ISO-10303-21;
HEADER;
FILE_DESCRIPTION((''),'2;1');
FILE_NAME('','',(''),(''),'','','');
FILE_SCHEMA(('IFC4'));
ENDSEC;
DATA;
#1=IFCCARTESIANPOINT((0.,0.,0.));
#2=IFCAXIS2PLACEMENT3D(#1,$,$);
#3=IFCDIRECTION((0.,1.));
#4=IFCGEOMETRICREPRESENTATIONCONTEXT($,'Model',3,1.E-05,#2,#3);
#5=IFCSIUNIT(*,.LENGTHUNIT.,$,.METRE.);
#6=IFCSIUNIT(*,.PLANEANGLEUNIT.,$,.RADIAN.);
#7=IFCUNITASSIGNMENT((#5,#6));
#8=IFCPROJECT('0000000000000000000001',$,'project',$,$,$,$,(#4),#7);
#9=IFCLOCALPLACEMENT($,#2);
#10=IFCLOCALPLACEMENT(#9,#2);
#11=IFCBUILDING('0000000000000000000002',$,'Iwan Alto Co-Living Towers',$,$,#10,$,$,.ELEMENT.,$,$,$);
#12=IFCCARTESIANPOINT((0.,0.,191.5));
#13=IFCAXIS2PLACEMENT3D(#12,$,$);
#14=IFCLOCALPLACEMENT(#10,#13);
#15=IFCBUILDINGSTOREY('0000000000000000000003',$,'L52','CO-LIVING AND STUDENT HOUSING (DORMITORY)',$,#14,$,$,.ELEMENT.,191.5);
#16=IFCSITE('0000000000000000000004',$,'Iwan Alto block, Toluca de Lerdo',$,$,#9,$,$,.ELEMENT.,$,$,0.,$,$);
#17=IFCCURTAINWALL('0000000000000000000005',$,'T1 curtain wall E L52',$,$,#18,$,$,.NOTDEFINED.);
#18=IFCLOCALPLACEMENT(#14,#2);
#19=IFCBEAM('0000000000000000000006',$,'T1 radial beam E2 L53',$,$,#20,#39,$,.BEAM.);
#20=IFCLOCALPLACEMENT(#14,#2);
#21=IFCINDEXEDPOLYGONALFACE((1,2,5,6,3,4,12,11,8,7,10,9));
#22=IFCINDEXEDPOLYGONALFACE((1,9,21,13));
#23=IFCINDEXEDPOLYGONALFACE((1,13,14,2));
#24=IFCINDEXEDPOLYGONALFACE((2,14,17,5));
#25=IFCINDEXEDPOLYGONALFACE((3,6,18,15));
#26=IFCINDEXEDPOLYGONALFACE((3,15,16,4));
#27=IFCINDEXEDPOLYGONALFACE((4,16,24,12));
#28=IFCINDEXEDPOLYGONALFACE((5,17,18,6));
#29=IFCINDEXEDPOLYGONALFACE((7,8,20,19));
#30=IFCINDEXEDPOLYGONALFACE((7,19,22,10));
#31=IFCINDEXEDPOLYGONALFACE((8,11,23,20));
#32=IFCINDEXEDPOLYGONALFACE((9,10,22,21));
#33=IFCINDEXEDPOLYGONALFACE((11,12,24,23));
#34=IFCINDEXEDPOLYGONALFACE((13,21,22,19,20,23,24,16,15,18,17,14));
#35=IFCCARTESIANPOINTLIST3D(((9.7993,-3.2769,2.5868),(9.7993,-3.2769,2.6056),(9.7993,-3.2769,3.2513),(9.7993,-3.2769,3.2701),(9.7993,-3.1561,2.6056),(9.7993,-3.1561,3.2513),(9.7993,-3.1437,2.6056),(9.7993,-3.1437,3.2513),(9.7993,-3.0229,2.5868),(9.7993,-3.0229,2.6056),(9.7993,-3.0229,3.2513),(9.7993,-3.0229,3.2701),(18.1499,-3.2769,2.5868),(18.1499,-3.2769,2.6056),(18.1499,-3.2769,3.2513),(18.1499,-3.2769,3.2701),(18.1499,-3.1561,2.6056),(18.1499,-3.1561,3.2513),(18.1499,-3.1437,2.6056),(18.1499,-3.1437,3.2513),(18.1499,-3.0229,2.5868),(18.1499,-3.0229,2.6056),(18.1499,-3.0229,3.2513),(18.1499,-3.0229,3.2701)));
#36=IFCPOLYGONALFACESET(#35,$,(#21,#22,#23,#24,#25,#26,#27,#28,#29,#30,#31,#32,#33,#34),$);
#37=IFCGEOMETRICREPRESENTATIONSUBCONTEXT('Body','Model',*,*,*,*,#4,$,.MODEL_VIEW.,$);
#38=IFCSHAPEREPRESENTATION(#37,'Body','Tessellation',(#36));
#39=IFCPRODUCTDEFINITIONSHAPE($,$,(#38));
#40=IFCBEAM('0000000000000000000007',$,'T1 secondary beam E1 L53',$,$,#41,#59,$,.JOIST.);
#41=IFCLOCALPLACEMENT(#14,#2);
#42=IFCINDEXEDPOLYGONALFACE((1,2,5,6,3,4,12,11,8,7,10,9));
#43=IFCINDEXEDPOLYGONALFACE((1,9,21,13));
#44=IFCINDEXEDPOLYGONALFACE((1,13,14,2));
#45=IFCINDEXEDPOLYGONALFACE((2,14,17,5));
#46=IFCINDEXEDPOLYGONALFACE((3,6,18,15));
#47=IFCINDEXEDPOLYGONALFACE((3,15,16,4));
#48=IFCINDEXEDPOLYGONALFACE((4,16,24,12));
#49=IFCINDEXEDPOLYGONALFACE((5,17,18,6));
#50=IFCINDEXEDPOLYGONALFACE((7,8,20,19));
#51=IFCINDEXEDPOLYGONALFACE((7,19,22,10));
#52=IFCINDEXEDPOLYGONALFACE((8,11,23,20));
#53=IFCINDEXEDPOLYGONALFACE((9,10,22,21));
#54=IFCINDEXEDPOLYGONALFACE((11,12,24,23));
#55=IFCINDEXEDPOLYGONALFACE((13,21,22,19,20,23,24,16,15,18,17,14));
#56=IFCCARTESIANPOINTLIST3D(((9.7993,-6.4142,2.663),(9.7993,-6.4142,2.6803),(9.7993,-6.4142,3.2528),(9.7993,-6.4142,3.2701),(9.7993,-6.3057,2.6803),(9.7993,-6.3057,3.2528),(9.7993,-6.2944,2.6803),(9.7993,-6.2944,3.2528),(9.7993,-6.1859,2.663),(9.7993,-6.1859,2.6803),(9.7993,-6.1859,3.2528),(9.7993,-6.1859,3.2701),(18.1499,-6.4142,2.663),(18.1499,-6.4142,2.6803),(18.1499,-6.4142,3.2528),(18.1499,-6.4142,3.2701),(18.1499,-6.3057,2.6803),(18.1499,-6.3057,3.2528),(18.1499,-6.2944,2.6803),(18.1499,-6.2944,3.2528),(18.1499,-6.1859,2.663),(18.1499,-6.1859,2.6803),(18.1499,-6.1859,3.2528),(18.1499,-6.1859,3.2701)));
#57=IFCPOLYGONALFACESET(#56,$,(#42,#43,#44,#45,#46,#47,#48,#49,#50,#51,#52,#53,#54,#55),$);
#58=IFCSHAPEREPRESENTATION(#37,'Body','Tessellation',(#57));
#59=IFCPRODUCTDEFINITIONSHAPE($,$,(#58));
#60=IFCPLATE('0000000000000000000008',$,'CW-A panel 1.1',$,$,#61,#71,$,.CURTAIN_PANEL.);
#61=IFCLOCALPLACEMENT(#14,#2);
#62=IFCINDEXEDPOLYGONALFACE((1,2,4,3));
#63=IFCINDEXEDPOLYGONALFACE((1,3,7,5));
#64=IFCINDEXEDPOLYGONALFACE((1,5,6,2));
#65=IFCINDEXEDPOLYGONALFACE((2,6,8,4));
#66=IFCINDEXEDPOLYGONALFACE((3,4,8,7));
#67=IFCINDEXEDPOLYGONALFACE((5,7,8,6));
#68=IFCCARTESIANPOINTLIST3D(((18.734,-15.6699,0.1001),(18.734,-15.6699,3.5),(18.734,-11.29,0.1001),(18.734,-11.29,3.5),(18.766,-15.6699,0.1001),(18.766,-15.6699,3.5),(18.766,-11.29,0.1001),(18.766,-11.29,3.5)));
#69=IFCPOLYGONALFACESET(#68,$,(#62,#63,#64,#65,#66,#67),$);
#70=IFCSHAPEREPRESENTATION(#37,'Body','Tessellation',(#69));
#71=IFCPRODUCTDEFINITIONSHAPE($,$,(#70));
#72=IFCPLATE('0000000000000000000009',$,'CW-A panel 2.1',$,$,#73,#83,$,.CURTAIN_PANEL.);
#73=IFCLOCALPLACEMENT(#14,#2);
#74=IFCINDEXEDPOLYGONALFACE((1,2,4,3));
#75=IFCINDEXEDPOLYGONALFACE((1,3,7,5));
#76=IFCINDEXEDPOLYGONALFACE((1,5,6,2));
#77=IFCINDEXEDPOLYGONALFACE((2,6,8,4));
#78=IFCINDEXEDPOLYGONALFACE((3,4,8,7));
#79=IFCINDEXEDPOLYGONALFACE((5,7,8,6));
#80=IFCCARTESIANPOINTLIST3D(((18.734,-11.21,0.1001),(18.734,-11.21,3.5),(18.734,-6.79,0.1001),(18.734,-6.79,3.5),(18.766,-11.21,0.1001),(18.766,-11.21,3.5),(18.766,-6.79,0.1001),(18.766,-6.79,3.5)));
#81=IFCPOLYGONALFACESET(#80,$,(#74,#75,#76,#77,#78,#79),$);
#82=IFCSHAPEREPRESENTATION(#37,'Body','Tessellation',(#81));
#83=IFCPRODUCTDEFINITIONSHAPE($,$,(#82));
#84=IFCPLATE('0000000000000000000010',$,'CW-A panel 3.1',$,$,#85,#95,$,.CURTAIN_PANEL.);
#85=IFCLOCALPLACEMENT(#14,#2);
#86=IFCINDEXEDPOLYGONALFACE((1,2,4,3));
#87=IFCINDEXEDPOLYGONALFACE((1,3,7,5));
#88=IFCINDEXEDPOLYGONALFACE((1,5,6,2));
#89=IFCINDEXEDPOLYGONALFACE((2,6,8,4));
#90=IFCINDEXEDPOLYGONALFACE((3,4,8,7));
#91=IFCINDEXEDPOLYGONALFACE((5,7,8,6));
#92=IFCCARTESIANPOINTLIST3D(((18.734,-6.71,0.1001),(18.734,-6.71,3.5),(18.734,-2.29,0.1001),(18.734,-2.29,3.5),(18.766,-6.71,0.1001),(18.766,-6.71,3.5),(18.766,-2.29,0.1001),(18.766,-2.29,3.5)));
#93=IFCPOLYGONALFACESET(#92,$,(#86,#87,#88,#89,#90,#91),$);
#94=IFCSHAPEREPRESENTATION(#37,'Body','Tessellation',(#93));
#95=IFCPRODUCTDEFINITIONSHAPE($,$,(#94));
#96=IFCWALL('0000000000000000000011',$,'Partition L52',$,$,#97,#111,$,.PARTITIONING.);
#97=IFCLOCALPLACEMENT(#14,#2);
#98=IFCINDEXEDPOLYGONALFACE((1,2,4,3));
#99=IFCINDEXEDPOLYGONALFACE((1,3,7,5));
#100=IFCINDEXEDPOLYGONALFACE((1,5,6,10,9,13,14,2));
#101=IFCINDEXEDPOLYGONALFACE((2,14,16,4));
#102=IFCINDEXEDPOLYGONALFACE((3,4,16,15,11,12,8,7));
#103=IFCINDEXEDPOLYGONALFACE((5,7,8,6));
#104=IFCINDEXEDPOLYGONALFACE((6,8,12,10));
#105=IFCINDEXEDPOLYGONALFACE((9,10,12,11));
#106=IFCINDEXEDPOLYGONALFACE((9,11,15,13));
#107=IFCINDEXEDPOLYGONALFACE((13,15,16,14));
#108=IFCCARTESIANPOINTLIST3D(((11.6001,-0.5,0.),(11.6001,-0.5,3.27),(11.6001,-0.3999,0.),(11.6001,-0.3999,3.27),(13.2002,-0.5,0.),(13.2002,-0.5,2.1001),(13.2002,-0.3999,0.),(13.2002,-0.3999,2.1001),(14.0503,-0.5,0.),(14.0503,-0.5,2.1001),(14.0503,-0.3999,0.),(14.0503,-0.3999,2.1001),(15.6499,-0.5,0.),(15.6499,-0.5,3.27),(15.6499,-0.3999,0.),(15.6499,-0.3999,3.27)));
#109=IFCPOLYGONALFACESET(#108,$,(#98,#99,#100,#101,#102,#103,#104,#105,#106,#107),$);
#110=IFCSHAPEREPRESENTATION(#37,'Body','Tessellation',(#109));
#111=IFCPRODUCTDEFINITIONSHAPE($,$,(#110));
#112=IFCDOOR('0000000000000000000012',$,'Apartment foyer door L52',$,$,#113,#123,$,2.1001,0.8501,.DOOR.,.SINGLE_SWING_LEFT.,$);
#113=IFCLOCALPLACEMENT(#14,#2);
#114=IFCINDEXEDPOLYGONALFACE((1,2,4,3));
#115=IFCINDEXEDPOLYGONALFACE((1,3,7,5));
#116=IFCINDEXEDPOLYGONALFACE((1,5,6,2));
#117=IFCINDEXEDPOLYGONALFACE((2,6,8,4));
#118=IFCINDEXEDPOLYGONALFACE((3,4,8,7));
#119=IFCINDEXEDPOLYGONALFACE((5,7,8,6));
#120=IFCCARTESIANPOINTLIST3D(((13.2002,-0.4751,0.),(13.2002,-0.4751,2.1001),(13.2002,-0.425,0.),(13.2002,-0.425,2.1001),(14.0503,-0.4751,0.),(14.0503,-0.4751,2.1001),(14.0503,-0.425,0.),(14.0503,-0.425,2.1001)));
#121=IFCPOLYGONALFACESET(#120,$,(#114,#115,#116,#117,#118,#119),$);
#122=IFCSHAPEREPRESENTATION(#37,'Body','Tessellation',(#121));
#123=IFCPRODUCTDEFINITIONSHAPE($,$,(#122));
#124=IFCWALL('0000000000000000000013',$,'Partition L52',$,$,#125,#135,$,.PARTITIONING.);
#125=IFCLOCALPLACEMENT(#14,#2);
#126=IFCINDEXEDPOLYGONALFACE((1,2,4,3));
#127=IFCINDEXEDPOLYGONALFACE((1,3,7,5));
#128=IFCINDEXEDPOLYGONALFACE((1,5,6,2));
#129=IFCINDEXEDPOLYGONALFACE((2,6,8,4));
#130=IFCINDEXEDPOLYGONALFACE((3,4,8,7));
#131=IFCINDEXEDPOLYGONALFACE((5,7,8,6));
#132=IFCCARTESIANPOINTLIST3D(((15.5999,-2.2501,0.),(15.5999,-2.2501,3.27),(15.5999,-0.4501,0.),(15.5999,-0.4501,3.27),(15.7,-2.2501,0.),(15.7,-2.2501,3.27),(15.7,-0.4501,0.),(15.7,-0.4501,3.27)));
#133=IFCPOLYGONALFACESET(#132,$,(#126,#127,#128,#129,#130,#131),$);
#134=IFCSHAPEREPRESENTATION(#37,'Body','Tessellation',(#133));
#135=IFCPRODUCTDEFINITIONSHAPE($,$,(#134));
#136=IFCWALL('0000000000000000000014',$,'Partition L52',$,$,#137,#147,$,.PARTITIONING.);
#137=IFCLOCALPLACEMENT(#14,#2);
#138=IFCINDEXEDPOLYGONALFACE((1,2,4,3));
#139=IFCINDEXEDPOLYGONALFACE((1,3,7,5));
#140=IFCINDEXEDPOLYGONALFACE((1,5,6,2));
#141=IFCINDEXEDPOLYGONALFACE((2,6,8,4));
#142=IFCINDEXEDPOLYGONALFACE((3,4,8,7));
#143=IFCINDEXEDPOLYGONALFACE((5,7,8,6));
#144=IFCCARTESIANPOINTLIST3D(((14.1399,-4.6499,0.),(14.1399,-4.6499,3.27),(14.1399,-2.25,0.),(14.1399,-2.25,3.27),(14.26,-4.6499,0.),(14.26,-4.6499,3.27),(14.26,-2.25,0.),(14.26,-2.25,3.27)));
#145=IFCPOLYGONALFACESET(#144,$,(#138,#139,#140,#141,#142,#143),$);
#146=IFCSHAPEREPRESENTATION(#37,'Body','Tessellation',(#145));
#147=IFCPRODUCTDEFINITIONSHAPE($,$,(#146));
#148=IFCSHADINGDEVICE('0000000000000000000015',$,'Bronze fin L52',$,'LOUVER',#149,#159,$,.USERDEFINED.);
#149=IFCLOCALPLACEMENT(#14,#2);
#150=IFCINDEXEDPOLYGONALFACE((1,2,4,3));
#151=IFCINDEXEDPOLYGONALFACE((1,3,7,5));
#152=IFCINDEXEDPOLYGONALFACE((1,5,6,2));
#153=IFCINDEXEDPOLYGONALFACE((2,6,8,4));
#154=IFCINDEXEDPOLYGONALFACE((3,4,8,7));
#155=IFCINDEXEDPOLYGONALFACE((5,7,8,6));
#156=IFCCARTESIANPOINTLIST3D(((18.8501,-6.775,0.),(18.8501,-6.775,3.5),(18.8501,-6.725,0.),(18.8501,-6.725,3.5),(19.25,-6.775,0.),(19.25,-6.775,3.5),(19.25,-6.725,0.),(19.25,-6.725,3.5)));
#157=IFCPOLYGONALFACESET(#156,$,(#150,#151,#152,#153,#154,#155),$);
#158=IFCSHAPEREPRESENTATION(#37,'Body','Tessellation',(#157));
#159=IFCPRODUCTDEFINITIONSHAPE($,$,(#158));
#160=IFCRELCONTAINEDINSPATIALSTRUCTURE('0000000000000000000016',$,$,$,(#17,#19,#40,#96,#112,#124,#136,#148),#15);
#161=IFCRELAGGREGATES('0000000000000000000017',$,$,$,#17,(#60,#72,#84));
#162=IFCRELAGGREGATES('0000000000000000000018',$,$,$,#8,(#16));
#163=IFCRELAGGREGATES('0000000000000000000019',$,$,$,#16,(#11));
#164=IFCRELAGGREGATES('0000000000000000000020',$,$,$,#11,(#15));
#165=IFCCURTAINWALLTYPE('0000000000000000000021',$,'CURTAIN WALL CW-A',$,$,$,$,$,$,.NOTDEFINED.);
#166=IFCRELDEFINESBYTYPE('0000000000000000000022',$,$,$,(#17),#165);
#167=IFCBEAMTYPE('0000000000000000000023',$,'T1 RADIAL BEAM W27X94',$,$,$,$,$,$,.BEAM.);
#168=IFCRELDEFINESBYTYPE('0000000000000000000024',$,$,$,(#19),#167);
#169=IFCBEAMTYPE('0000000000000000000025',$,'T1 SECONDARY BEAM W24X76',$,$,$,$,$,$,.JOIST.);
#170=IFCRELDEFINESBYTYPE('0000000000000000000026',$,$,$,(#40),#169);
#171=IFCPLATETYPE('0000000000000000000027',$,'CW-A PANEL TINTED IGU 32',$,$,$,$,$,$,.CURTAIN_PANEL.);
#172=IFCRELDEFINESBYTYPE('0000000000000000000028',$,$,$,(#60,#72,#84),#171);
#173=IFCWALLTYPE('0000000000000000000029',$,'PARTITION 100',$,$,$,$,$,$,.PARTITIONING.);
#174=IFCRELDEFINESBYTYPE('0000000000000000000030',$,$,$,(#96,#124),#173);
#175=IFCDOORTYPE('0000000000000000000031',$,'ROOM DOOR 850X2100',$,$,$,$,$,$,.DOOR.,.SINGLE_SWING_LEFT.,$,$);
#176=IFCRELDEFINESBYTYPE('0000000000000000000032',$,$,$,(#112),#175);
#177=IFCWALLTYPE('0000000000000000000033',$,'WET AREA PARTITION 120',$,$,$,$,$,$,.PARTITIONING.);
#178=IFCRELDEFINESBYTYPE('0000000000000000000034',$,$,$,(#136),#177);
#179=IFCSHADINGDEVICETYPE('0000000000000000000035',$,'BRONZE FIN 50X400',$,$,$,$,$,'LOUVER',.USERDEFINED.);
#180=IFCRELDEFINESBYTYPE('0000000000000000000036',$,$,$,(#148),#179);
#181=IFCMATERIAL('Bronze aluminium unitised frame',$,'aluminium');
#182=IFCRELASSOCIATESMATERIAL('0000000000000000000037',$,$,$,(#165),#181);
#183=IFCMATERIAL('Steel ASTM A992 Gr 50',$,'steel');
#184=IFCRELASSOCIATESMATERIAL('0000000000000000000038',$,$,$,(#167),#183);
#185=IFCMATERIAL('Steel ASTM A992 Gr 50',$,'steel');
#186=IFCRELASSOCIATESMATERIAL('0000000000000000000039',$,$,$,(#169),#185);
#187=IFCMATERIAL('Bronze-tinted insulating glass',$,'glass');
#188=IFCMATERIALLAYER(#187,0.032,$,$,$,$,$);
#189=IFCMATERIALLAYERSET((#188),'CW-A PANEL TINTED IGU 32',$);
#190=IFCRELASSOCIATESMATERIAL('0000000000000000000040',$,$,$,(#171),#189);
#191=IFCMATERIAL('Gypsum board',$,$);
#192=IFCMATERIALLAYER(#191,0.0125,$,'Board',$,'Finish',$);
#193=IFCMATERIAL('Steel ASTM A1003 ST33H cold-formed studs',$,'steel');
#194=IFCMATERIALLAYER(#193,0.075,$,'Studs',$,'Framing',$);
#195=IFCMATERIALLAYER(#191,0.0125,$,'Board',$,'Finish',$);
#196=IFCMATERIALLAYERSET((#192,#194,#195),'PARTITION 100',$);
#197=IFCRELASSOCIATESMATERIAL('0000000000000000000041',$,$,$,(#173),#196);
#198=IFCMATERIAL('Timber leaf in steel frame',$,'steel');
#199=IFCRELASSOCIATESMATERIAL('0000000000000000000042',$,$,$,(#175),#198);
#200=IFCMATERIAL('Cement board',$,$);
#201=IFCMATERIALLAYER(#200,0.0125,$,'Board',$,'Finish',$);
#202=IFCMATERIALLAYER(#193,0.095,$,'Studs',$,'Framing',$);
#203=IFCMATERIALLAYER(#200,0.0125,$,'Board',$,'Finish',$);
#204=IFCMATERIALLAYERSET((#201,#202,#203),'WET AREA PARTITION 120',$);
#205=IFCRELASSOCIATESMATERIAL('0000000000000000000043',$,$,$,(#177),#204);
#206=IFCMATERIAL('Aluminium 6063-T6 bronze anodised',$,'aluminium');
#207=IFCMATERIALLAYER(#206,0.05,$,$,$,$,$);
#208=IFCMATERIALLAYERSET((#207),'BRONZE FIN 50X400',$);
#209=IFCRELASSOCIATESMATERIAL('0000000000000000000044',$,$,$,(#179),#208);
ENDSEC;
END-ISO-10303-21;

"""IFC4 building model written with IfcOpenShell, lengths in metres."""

from ifc_helpers import new_model, si_unit, direction, frame, frame_2d, origin, origin_2d, place, context, subcontext, project, spatial, rectangle, i_section, extrude, material, layer, layer_set, material_profile, profile_set, type_object, element, fill, aggregate, save


model = new_model("IFC4")

# Units and contexts
model_context = context("Model", 3, precision=1e-05, world=origin(), true_north=direction((0.0, 1.0)))
body_context = subcontext(model_context, "Body", "Model", "MODEL_VIEW")
ifc_project = project(units=[si_unit("LENGTHUNIT", "METRE"), si_unit("PLANEANGLEUNIT", "RADIAN")], contexts=[model_context])

# Site, building, storey
site_placement = place(None, origin())
site = spatial("IfcSite", under=ifc_project, at=site_placement, Name="Iwan Alto block, Toluca de Lerdo", CompositionType="ELEMENT", RefElevation=0.0)
building_placement = place(site_placement, origin())
building = spatial("IfcBuilding", under=site, at=building_placement, Name="Iwan Alto Co-Living Towers", CompositionType="ELEMENT")
storey_placement = place(building_placement, frame((0.0, 0.0, 191.5)))
storey = spatial("IfcBuildingStorey", under=building, at=storey_placement, Name="L52", Description="CO-LIVING AND STUDENT HOUSING (DORMITORY)", CompositionType="ELEMENT", Elevation=191.5)

# Curtain wall
ifc_material_1 = material(Name="Bronze aluminium unitised frame", Category="aluminium")
curtain_wall_type = type_object("IfcCurtainWallType", Name="CURTAIN WALL CW-A", PredefinedType="NOTDEFINED", material=ifc_material_1)
curtain_wall_placement = place(storey_placement, origin())
curtain_wall = element("IfcCurtainWall", 1, at=curtain_wall_placement, inside=storey, type_object=curtain_wall_type, Name="T1 curtain wall E L52", PredefinedType="NOTDEFINED")

# Beams
ifc_material_2 = material(Name="Steel ASTM A992 Gr 50", Category="steel")
ifc_material_profile_1 = material_profile(ifc_material_2, i_section(OverallWidth=0.2539, OverallDepth=0.6833, WebThickness=0.0125, FlangeThickness=0.0188, at=origin_2d()), Name="W27X94")
ifc_profile_set_1 = profile_set([ifc_material_profile_1], Name="Steel ASTM A992 Gr 50")
beam_type_1 = type_object("IfcBeamType", Name="T1 RADIAL BEAM W27X94", PredefinedType="BEAM", material=ifc_profile_set_1)
for number, where, z_axis, x_axis, name in (
    (2, (18.1499, -3.1499, 2.9285), (-1.0, 0.0, 0.0), (0.0, -1.0, 0.0), "T1 radial beam E2 L53"),
):
    element("IfcBeam", number, at=place(storey_placement, frame(where, z_axis=z_axis, x_axis=x_axis)), inside=storey, type_object=beam_type_1, Name=name, PredefinedType="BEAM", context=body_context, shape_type="SweptSolid", body=[
        extrude(i_section(OverallWidth=0.2539, OverallDepth=0.6833, WebThickness=0.0125, FlangeThickness=0.0188, at=origin_2d()), origin(), (0.0, 0.0, 1.0), 8.3506),
    ])
ifc_material_3 = material(Name="Steel ASTM A992 Gr 50", Category="steel")
ifc_material_profile_2 = material_profile(ifc_material_3, i_section(OverallWidth=0.2283, OverallDepth=0.6072, WebThickness=0.0112, FlangeThickness=0.0173, at=origin_2d()), Name="W24X76")
ifc_profile_set_2 = profile_set([ifc_material_profile_2], Name="Steel ASTM A992 Gr 50")
beam_type_2 = type_object("IfcBeamType", Name="T1 SECONDARY BEAM W24X76", PredefinedType="JOIST", material=ifc_profile_set_2)
beam_1_placement = place(storey_placement, frame((18.1499, -6.3, 2.9666), z_axis=(-1.0, 0.0, 0.0), x_axis=(0.0, -1.0, 0.0)))
element("IfcBeam", 3, at=beam_1_placement, inside=storey, type_object=beam_type_2, Name="T1 secondary beam E1 L53", PredefinedType="JOIST", context=body_context, shape_type="SweptSolid", body=[
    extrude(i_section(OverallWidth=0.2283, OverallDepth=0.6072, WebThickness=0.0112, FlangeThickness=0.0173, at=origin_2d()), origin(), (0.0, 0.0, 1.0), 8.3506),
])

# Plates
ifc_material_4 = material(Name="Bronze-tinted insulating glass", Category="glass")
ifc_layer_1 = layer(ifc_material_4, 0.032)
ifc_layer_set_1 = layer_set([ifc_layer_1], Name="CW-A PANEL TINTED IGU 32")
plate_type = type_object("IfcPlateType", Name="CW-A PANEL TINTED IGU 32", PredefinedType="CURTAIN_PANEL", material=ifc_layer_set_1)
plate_1_placement = place(storey_placement, frame((18.75, -13.48, 0.1001), z_axis=(0.0, 0.0, 1.0), x_axis=(0.0, 1.0, 0.0)))
plate_1 = element("IfcPlate", 4, at=plate_1_placement, type_object=plate_type, Name="CW-A panel 1.1", PredefinedType="CURTAIN_PANEL", context=body_context, shape_type="SweptSolid", body=[
    extrude(rectangle(XDim=4.3799, YDim=0.032, at=origin_2d()), origin(), (0.0, 0.0, 1.0), 3.3999),
])
plate_2_placement = place(storey_placement, frame((18.75, -9.0, 0.1001), z_axis=(0.0, 0.0, 1.0), x_axis=(0.0, 1.0, 0.0)))
plate_2 = element("IfcPlate", 5, at=plate_2_placement, type_object=plate_type, Name="CW-A panel 2.1", PredefinedType="CURTAIN_PANEL", context=body_context, shape_type="SweptSolid", body=[
    extrude(rectangle(XDim=4.4199, YDim=0.032, at=origin_2d()), origin(), (0.0, 0.0, 1.0), 3.3999),
])
plate_3_placement = place(storey_placement, frame((18.75, -4.5, 0.1001), z_axis=(0.0, 0.0, 1.0), x_axis=(0.0, 1.0, 0.0)))
plate_3 = element("IfcPlate", 6, at=plate_3_placement, type_object=plate_type, Name="CW-A panel 3.1", PredefinedType="CURTAIN_PANEL", context=body_context, shape_type="SweptSolid", body=[
    extrude(rectangle(XDim=4.4199, YDim=0.032, at=origin_2d()), origin(), (0.0, 0.0, 1.0), 3.3999),
])
aggregate(curtain_wall, [plate_1, plate_2, plate_3])

# Wall, opening, door
ifc_material_5 = material(Name="Gypsum board")
ifc_layer_2 = layer(ifc_material_5, 0.0125, Name="Board", Category="Finish")
ifc_material_6 = material(Name="Steel ASTM A1003 ST33H cold-formed studs", Category="steel")
ifc_layer_3 = layer(ifc_material_6, 0.075, Name="Studs", Category="Framing")
ifc_layer_4 = layer(ifc_material_5, 0.0125, Name="Board", Category="Finish")
ifc_layer_set_2 = layer_set([ifc_layer_2, ifc_layer_3, ifc_layer_4], Name="PARTITION 100")
wall_type_1 = type_object("IfcWallType", Name="PARTITION 100", PredefinedType="PARTITIONING", material=ifc_layer_set_2)
wall_1_placement = place(storey_placement, frame((11.6001, -0.45, 0.0), z_axis=(0.0, 0.0, 1.0), x_axis=(1.0, 0.0, 0.0)))
wall_1 = element("IfcWall", 7, at=wall_1_placement, inside=storey, type_object=wall_type_1, Name="Partition L52", PredefinedType="PARTITIONING", context=body_context, shape_type="SweptSolid", body=[
    extrude(rectangle(XDim=4.0498, YDim=0.1001, at=frame_2d((2.0249, 0.0))), origin(), (0.0, 0.0, 1.0), 3.27),
])
opening_placement = place(wall_1_placement, frame((1.6001, 0.0, 0.0)))
opening = element("IfcOpeningElement", 8, at=opening_placement, cuts=wall_1, PredefinedType="OPENING", context=body_context, shape_type="SweptSolid", body=[
    extrude(rectangle(XDim=0.8501, YDim=2.1001, at=frame_2d((0.425, 1.05))), frame((0.0, 0.0601, 0.0), z_axis=(0.0, -1.0, 0.0), x_axis=(1.0, 0.0, 0.0)), (0.0, 0.0, 1.0), 0.1201),
])
ifc_material_7 = material(Name="Timber leaf in steel frame", Category="steel")
door_type = type_object("IfcDoorType", Name="ROOM DOOR 850X2100", OperationType="SINGLE_SWING_LEFT", PredefinedType="DOOR", material=ifc_material_7)
door_placement = place(opening_placement, origin())
door = element("IfcDoor", 9, at=door_placement, inside=storey, type_object=door_type, Name="Apartment foyer door L52", OperationType="SINGLE_SWING_LEFT", OverallHeight=2.1001, OverallWidth=0.8501, PredefinedType="DOOR", context=body_context, shape_type="SweptSolid", body=[
    extrude(rectangle(XDim=0.8501, YDim=2.1001, at=frame_2d((0.425, 1.05))), frame((0.0, 0.0249, 0.0), z_axis=(0.0, -1.0, 0.0), x_axis=(1.0, 0.0, 0.0)), (0.0, 0.0, 1.0), 0.05),
])
fill(opening, door)

# Walls
wall_2_placement = place(storey_placement, frame((15.6499, -2.25, 0.0), z_axis=(0.0, 0.0, 1.0), x_axis=(0.0, 1.0, 0.0)))
element("IfcWall", 10, at=wall_2_placement, inside=storey, type_object=wall_type_1, Name="Partition L52", PredefinedType="PARTITIONING", context=body_context, shape_type="SweptSolid", body=[
    extrude(rectangle(XDim=1.8, YDim=0.1001, at=frame_2d((0.8999, 0.0))), origin(), (0.0, 0.0, 1.0), 3.27),
])
ifc_material_8 = material(Name="Cement board")
ifc_layer_5 = layer(ifc_material_8, 0.0125, Name="Board", Category="Finish")
ifc_layer_6 = layer(ifc_material_6, 0.095, Name="Studs", Category="Framing")
ifc_layer_7 = layer(ifc_material_8, 0.0125, Name="Board", Category="Finish")
ifc_layer_set_3 = layer_set([ifc_layer_5, ifc_layer_6, ifc_layer_7], Name="WET AREA PARTITION 120")
wall_type_2 = type_object("IfcWallType", Name="WET AREA PARTITION 120", PredefinedType="PARTITIONING", material=ifc_layer_set_3)
wall_3_placement = place(storey_placement, frame((14.2, -4.6499, 0.0), z_axis=(0.0, 0.0, 1.0), x_axis=(0.0, 1.0, 0.0)))
element("IfcWall", 11, at=wall_3_placement, inside=storey, type_object=wall_type_2, Name="Partition L52", PredefinedType="PARTITIONING", context=body_context, shape_type="SweptSolid", body=[
    extrude(rectangle(XDim=2.3999, YDim=0.1201, at=frame_2d((1.2, 0.0))), origin(), (0.0, 0.0, 1.0), 3.27),
])

# Shading device
ifc_material_9 = material(Name="Aluminium 6063-T6 bronze anodised", Category="aluminium")
ifc_layer_8 = layer(ifc_material_9, 0.05)
ifc_layer_set_4 = layer_set([ifc_layer_8], Name="BRONZE FIN 50X400")
shading_device_type = type_object("IfcShadingDeviceType", Name="BRONZE FIN 50X400", ElementType="LOUVER", PredefinedType="USERDEFINED", material=ifc_layer_set_4)
shading_device_placement = place(storey_placement, frame((19.05, -6.75, 0.0), z_axis=(0.0, 0.0, 1.0), x_axis=(0.0, 1.0, 0.0)))
element("IfcShadingDevice", 12, at=shading_device_placement, inside=storey, type_object=shading_device_type, Name="Bronze fin L52", ObjectType="LOUVER", PredefinedType="USERDEFINED", context=body_context, shape_type="SweptSolid", body=[
    extrude(rectangle(XDim=0.05, YDim=0.3999, at=origin_2d()), origin(), (0.0, 0.0, 1.0), 3.5),
])

save(model, "model.ifc")
